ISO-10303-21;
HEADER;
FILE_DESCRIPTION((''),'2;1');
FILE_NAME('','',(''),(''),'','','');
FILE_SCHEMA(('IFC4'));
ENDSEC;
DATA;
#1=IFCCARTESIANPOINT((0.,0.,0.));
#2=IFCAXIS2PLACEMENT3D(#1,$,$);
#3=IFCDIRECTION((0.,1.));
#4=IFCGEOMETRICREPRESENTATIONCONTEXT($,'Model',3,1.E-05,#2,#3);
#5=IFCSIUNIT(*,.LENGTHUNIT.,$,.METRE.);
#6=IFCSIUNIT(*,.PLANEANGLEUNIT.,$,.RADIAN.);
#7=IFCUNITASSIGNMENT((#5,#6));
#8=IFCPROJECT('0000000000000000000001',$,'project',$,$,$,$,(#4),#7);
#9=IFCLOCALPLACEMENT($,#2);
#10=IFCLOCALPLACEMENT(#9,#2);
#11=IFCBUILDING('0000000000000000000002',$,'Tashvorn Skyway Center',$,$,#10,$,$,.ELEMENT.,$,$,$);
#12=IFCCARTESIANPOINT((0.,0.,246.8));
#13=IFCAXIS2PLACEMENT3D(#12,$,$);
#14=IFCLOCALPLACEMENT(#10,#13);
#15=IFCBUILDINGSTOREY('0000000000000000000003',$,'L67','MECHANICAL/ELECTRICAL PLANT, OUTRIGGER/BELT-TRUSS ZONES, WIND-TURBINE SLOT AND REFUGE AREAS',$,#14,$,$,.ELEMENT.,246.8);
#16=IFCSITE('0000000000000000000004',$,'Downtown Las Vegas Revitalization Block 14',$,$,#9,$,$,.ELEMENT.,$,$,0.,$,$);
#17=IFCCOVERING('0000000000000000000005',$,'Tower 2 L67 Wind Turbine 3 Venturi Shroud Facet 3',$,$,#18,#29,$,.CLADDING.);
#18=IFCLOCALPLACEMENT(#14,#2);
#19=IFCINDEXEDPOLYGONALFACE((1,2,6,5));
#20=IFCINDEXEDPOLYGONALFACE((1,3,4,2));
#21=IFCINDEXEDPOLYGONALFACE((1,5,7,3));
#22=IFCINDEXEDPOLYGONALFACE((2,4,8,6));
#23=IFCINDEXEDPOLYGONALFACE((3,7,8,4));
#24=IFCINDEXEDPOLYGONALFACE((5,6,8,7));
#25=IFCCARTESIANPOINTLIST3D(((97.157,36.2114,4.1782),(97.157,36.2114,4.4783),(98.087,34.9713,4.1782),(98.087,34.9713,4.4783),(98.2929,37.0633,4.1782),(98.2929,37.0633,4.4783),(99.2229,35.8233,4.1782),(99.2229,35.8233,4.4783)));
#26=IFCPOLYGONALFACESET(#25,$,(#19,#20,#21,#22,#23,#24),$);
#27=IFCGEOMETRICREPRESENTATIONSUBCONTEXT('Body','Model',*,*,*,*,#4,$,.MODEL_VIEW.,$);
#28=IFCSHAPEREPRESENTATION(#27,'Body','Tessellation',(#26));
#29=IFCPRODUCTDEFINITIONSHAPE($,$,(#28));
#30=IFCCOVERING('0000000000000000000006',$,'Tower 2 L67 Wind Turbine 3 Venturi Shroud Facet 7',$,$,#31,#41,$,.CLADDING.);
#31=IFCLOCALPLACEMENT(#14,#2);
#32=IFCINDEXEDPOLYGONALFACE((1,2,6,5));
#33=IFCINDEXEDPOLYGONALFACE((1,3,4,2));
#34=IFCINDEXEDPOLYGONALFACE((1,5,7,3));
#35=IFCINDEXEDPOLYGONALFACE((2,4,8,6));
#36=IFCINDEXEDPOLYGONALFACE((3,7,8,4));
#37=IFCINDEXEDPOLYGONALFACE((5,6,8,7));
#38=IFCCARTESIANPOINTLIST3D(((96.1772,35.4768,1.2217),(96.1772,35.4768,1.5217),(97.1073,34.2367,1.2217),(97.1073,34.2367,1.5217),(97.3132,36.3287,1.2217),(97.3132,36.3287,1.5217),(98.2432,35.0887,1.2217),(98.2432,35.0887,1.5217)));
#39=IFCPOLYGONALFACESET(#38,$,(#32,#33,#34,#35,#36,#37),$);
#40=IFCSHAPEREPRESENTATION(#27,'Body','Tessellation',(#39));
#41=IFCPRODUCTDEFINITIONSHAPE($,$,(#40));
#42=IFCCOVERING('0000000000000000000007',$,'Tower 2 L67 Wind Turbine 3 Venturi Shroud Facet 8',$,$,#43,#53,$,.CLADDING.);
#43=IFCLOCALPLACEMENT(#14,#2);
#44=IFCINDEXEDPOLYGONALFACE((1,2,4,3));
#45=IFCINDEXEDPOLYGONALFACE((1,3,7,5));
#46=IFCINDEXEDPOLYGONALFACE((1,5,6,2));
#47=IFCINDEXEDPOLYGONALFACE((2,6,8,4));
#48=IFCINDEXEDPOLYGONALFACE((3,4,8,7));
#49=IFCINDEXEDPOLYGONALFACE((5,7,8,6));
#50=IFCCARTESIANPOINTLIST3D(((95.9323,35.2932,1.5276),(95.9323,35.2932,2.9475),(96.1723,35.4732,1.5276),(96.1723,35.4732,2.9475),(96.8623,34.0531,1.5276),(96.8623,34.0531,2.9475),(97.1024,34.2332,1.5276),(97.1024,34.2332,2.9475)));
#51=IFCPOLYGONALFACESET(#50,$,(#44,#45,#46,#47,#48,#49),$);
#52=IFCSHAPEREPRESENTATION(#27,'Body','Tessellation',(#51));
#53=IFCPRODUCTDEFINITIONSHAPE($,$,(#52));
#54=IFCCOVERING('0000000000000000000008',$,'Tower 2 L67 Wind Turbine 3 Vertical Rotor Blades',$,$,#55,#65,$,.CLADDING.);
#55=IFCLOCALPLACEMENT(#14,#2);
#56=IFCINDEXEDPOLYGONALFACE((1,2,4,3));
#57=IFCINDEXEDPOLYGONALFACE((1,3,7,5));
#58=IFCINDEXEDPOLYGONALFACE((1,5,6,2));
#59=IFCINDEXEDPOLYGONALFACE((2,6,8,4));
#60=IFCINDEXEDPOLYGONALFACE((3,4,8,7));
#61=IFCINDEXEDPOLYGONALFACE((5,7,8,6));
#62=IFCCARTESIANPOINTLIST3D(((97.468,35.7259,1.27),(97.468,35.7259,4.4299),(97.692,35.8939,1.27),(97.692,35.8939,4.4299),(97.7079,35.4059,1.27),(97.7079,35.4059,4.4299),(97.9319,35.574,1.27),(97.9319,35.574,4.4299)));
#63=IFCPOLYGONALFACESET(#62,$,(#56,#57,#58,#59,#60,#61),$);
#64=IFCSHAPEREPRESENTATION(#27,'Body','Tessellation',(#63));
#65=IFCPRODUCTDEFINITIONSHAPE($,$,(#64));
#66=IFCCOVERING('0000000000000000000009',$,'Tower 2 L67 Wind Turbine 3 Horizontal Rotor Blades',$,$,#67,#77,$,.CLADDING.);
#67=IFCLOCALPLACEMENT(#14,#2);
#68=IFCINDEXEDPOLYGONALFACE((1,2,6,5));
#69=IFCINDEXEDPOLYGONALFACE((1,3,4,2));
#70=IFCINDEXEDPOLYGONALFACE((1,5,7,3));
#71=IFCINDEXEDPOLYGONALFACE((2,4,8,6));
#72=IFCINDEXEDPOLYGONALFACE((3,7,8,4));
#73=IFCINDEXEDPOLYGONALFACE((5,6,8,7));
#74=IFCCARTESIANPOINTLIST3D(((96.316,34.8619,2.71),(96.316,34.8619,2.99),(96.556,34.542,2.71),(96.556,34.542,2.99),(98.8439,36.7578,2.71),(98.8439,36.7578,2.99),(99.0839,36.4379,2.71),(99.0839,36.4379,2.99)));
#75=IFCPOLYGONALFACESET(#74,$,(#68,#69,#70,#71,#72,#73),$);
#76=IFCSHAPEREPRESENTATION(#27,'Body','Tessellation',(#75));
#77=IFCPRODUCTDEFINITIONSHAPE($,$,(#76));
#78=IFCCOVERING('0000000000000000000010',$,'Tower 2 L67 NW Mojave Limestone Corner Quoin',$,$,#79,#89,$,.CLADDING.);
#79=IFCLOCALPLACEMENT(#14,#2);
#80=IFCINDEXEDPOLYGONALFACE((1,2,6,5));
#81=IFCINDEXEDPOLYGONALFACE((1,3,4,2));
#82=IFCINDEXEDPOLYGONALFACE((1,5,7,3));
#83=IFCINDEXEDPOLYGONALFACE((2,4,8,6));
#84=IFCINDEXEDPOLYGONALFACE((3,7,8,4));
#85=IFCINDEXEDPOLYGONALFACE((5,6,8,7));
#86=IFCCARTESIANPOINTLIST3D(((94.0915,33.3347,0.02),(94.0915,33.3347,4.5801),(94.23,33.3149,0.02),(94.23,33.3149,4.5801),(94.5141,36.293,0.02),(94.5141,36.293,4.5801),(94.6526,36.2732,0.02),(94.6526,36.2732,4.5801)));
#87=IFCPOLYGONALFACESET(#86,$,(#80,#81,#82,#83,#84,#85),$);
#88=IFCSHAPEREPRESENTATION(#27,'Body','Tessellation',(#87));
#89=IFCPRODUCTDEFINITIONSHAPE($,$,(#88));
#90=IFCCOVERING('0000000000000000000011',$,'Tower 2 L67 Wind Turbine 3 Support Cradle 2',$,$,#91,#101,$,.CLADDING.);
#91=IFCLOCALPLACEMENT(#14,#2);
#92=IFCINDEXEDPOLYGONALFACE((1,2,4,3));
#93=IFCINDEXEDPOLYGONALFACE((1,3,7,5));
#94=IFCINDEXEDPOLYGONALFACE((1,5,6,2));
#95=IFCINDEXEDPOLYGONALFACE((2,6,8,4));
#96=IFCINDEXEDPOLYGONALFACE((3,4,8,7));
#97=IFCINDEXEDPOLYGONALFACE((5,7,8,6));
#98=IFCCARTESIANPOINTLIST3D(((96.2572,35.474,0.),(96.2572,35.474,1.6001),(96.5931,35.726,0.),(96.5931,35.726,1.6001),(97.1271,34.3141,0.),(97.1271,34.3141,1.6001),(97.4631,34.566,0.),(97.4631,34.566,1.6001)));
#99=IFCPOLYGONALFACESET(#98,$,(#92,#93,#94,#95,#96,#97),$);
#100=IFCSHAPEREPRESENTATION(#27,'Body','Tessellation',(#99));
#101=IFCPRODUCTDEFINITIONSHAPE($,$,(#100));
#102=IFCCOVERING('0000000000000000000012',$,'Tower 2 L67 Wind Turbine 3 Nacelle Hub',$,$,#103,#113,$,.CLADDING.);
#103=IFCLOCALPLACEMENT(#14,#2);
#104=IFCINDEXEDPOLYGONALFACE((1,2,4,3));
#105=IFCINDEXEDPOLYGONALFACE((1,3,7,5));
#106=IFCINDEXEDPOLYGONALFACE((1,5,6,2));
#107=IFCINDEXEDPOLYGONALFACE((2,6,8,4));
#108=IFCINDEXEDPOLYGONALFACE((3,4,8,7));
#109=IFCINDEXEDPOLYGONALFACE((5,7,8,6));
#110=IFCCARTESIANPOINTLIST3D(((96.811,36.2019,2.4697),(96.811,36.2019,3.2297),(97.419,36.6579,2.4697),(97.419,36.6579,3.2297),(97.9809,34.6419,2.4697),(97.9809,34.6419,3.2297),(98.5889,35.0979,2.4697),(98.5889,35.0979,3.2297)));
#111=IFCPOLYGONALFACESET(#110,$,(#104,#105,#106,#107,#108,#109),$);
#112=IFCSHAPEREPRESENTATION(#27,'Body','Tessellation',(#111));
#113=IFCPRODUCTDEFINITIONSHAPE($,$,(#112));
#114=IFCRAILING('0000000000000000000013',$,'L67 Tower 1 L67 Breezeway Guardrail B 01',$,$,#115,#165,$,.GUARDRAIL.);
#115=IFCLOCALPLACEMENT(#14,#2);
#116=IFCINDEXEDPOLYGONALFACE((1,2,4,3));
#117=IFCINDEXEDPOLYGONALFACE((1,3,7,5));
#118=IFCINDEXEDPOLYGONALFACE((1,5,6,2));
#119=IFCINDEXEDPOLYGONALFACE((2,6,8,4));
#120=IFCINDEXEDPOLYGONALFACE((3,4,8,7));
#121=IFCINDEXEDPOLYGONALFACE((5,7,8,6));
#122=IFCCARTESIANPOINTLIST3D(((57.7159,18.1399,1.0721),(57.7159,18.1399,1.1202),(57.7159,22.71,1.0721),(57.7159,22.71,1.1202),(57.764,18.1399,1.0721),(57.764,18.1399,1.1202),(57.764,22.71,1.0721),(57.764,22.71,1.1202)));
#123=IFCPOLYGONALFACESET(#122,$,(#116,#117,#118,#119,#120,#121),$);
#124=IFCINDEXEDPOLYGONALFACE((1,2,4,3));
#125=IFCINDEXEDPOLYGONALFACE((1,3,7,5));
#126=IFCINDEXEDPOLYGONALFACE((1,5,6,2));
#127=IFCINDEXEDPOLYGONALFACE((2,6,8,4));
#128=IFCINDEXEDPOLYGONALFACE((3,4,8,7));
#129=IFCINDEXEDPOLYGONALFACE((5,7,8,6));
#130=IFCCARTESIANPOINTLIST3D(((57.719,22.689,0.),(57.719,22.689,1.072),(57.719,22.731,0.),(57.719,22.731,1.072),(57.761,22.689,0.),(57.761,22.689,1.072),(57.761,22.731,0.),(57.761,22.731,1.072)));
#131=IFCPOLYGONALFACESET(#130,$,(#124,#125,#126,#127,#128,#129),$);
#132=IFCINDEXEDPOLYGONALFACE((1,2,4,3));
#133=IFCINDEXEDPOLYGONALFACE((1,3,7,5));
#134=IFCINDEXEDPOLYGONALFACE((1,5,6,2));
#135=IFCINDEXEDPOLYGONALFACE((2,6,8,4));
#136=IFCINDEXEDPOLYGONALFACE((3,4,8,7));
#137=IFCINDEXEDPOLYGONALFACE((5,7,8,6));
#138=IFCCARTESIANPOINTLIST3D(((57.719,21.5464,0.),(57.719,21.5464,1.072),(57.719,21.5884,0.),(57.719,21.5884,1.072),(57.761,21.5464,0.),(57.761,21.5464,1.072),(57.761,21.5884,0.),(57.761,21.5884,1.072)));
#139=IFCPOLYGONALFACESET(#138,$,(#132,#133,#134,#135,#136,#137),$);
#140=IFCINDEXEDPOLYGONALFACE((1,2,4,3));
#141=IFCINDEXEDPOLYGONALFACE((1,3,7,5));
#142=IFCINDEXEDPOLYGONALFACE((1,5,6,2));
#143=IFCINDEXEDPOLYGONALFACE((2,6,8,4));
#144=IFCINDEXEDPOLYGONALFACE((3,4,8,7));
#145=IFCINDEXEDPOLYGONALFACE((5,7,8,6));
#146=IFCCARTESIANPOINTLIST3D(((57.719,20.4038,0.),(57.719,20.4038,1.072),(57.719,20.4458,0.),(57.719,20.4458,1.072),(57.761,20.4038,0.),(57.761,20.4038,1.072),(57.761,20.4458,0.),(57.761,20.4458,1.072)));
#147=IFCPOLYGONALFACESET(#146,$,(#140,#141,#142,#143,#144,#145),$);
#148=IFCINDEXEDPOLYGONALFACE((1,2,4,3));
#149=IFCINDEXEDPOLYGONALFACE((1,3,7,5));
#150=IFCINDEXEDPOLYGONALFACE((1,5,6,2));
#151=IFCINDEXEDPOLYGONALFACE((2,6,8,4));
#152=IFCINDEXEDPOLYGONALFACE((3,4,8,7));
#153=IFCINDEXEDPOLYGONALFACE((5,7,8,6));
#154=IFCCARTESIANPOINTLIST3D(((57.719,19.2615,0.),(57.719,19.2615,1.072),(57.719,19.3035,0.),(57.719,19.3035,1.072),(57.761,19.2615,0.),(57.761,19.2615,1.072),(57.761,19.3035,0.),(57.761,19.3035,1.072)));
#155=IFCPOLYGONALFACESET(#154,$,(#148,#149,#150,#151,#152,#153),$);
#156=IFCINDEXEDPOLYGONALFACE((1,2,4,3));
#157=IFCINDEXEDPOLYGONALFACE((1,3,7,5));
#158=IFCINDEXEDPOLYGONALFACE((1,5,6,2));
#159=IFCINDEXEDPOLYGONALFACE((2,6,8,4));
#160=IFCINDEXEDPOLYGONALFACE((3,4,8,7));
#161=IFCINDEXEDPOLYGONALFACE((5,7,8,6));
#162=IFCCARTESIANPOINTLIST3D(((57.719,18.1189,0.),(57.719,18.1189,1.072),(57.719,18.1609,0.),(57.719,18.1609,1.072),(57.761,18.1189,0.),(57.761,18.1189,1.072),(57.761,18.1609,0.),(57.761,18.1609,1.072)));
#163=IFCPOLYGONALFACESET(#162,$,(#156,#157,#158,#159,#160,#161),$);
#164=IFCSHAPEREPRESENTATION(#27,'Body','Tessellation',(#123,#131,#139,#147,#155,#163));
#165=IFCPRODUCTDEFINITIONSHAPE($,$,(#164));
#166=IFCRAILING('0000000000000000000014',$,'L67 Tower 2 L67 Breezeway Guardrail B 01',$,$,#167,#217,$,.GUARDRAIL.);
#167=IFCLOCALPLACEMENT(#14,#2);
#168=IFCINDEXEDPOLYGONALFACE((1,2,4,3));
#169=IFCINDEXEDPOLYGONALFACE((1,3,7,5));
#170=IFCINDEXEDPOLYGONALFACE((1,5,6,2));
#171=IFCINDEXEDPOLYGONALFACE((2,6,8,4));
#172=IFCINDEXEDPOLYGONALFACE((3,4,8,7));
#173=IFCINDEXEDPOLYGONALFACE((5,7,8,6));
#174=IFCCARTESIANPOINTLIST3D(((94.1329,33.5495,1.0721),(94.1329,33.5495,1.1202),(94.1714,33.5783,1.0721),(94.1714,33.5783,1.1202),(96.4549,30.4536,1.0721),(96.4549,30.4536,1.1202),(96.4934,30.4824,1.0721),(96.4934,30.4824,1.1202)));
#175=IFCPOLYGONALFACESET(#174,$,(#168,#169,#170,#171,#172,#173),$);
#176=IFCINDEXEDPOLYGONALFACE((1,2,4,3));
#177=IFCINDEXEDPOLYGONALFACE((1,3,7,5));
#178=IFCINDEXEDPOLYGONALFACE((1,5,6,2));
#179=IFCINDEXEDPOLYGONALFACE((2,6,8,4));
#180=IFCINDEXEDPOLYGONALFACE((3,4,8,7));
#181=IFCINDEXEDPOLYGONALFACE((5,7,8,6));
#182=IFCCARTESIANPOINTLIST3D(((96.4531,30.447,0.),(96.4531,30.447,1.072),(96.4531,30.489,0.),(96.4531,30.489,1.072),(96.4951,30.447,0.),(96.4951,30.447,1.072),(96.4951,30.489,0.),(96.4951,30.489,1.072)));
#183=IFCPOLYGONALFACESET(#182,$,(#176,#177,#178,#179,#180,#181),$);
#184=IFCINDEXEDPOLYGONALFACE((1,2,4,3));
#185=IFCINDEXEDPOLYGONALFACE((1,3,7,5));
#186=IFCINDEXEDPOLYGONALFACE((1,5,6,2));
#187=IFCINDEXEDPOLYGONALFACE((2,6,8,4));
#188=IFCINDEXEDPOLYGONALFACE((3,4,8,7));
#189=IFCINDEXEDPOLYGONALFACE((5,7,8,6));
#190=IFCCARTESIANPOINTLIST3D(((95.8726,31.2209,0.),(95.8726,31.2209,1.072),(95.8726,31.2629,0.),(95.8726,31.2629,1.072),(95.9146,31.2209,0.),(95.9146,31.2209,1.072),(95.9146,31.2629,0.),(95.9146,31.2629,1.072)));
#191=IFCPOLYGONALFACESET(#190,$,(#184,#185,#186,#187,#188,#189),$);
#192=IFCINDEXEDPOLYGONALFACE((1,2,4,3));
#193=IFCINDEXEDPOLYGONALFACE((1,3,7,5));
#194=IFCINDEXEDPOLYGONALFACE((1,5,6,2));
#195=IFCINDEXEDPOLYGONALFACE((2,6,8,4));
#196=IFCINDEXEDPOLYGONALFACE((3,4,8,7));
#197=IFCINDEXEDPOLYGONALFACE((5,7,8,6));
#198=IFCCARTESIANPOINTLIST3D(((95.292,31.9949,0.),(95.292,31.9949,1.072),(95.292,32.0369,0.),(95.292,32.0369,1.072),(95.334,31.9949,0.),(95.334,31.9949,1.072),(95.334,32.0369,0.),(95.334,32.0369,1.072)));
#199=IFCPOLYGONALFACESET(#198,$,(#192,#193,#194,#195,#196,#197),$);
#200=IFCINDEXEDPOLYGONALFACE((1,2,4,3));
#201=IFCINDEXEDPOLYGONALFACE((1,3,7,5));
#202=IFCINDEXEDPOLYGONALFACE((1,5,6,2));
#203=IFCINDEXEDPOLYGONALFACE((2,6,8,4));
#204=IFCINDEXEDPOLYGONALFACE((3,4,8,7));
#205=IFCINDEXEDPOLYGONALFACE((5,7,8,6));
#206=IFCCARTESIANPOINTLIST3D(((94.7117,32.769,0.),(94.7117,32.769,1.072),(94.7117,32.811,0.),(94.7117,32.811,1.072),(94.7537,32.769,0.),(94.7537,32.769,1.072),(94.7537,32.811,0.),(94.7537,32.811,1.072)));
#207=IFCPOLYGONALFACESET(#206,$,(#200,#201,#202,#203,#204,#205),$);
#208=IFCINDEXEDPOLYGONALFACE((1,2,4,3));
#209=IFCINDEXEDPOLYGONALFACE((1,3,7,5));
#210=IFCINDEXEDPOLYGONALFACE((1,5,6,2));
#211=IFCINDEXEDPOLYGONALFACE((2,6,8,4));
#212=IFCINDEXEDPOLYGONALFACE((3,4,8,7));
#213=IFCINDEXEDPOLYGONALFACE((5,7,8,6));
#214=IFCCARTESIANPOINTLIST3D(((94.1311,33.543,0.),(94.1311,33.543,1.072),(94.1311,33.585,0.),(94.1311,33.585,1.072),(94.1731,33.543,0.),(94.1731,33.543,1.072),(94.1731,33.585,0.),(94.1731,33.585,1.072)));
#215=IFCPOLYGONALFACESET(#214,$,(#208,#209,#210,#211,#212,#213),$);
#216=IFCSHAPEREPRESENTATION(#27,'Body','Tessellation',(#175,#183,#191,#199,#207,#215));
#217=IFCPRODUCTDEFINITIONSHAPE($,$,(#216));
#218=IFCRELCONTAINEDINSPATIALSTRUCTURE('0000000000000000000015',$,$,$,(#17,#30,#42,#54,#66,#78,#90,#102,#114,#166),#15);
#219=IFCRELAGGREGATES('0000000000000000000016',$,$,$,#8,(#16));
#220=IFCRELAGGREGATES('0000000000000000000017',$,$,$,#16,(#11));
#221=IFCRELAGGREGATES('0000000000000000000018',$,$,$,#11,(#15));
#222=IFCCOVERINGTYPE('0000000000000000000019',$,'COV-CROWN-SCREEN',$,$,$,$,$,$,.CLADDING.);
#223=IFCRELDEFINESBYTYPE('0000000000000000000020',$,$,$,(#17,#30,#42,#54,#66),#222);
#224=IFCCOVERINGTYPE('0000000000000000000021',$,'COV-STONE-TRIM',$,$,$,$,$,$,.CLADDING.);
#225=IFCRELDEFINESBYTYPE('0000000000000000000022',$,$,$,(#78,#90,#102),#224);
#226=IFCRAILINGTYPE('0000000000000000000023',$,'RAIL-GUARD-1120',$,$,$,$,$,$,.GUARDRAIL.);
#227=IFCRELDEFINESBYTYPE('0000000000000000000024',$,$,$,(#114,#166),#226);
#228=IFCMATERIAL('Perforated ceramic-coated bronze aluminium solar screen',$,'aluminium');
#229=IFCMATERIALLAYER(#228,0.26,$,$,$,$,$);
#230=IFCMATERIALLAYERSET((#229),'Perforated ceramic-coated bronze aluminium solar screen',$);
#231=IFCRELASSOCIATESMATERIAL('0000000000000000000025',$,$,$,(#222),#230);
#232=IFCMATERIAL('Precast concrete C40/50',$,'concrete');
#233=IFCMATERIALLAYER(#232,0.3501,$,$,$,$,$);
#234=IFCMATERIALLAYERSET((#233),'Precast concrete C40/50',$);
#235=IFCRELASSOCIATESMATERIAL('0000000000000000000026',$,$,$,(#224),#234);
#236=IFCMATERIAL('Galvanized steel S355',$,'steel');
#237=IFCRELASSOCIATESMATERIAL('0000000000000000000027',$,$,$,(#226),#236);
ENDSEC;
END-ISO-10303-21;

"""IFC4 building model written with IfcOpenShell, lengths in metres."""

from ifc_helpers import new_model, si_unit, direction, frame, origin, origin_2d, place, context, subcontext, project, spatial, rectangle, extrude, material, layer, layer_set, type_object, element, save


model = new_model("IFC4")

# Units and contexts
model_context = context("Model", 3, precision=1e-05, world=origin(), true_north=direction((0.0, 1.0)))
body_context = subcontext(model_context, "Body", "Model", "MODEL_VIEW")
ifc_project = project(units=[si_unit("LENGTHUNIT", "METRE"), si_unit("PLANEANGLEUNIT", "RADIAN")], contexts=[model_context])

# Site, building, storey
site_placement = place(None, origin())
site = spatial("IfcSite", under=ifc_project, at=site_placement, Name="Downtown Las Vegas Revitalization Block 14", CompositionType="ELEMENT", RefElevation=0.0)
building_placement = place(site_placement, origin())
building = spatial("IfcBuilding", under=site, at=building_placement, Name="Tashvorn Skyway Center", CompositionType="ELEMENT")
storey_placement = place(building_placement, frame((0.0, 0.0, 246.8)))
storey = spatial("IfcBuildingStorey", under=building, at=storey_placement, Name="L67", Description="MECHANICAL/ELECTRICAL PLANT, OUTRIGGER/BELT-TRUSS ZONES, WIND-TURBINE SLOT AND REFUGE AREAS", CompositionType="ELEMENT", Elevation=246.8)

# Shared definitions
ifc_material_1 = material(Name="Precast concrete C40/50", Category="concrete")

# Coverings
ifc_material_2 = material(Name="Perforated ceramic-coated bronze aluminium solar screen", Category="aluminium")
ifc_layer_1 = layer(ifc_material_2, 0.26)
ifc_layer_set_1 = layer_set([ifc_layer_1], Name="Perforated ceramic-coated bronze aluminium solar screen")
covering_type_1 = type_object("IfcCoveringType", Name="COV-CROWN-SCREEN", PredefinedType="CLADDING", material=ifc_layer_set_1)
for number, where, z_axis, x_axis, name in (
    (1, (98.1899, 36.0173, 4.1782), (0.0, 0.0, 1.0), (-0.8, -0.6, 0.0), "Tower 2 L67 Wind Turbine 3 Venturi Shroud Facet 3"),
    (2, (97.2102, 35.2827, 1.2217), (0.0, 0.0, 1.0), (-0.8, -0.6, 0.0), "Tower 2 L67 Wind Turbine 3 Venturi Shroud Facet 7"),
):
    element("IfcCovering", number, at=place(storey_placement, frame(where, z_axis=z_axis, x_axis=x_axis)), inside=storey, type_object=covering_type_1, Name=name, PredefinedType="CLADDING", context=body_context, shape_type="SweptSolid", body=[
        extrude(rectangle(XDim=1.4199, YDim=1.55, at=origin_2d()), origin(), (0.0, 0.0, 1.0), 0.3),
    ])
covering_1_placement = place(storey_placement, frame((96.5173, 34.7632, 1.5276), z_axis=(0.0, 0.0, 1.0), x_axis=(-0.8, -0.6, 0.0)))
element("IfcCovering", 3, at=covering_1_placement, inside=storey, type_object=covering_type_1, Name="Tower 2 L67 Wind Turbine 3 Venturi Shroud Facet 8", PredefinedType="CLADDING", context=body_context, shape_type="SweptSolid", body=[
    extrude(rectangle(XDim=0.3, YDim=1.55, at=origin_2d()), origin(), (0.0, 0.0, 1.0), 1.4199),
])
covering_2_placement = place(storey_placement, frame((97.7, 35.6499, 1.27), z_axis=(0.0, 0.0, 1.0), x_axis=(-0.8, -0.6, 0.0)))
element("IfcCovering", 4, at=covering_2_placement, inside=storey, type_object=covering_type_1, Name="Tower 2 L67 Wind Turbine 3 Vertical Rotor Blades", PredefinedType="CLADDING", context=body_context, shape_type="SweptSolid", body=[
    extrude(rectangle(XDim=0.28, YDim=0.3999, at=origin_2d()), origin(), (0.0, 0.0, 1.0), 3.1599),
])
covering_3_placement = place(storey_placement, frame((97.7, 35.6499, 2.71), z_axis=(0.0, 0.0, 1.0), x_axis=(-0.8, -0.6, 0.0)))
element("IfcCovering", 5, at=covering_3_placement, inside=storey, type_object=covering_type_1, Name="Tower 2 L67 Wind Turbine 3 Horizontal Rotor Blades", PredefinedType="CLADDING", context=body_context, shape_type="SweptSolid", body=[
    extrude(rectangle(XDim=3.1599, YDim=0.3999, at=origin_2d()), origin(), (0.0, 0.0, 1.0), 0.28),
])
ifc_layer_2 = layer(ifc_material_1, 0.3501)
ifc_layer_set_2 = layer_set([ifc_layer_2], Name="Precast concrete C40/50")
covering_type_2 = type_object("IfcCoveringType", Name="COV-STONE-TRIM", PredefinedType="CLADDING", material=ifc_layer_set_2)
covering_4_placement = place(storey_placement, frame((94.3721, 34.804, 0.02), z_axis=(0.0, 0.0, 1.0), x_axis=(-0.141421, -0.989949, 0.0)))
element("IfcCovering", 6, at=covering_4_placement, inside=storey, type_object=covering_type_2, Name="Tower 2 L67 NW Mojave Limestone Corner Quoin", PredefinedType="CLADDING", context=body_context, shape_type="SweptSolid", body=[
    extrude(rectangle(XDim=2.9883, YDim=0.1399, at=origin_2d()), origin(), (0.0, 0.0, 1.0), 4.5601),
])
covering_5_placement = place(storey_placement, frame((96.8601, 35.02, 0.0), z_axis=(0.0, 0.0, 1.0), x_axis=(-0.8, -0.6, 0.0)))
element("IfcCovering", 7, at=covering_5_placement, inside=storey, type_object=covering_type_2, Name="Tower 2 L67 Wind Turbine 3 Support Cradle 2", PredefinedType="CLADDING", context=body_context, shape_type="SweptSolid", body=[
    extrude(rectangle(XDim=0.4199, YDim=1.45, at=origin_2d()), origin(), (0.0, 0.0, 1.0), 1.6001),
])
covering_6_placement = place(storey_placement, frame((97.7, 35.6499, 2.4697), z_axis=(0.0, 0.0, 1.0), x_axis=(-0.8, -0.6, 0.0)))
element("IfcCovering", 8, at=covering_6_placement, inside=storey, type_object=covering_type_2, Name="Tower 2 L67 Wind Turbine 3 Nacelle Hub", PredefinedType="CLADDING", context=body_context, shape_type="SweptSolid", body=[
    extrude(rectangle(XDim=0.76, YDim=1.95, at=origin_2d()), origin(), (0.0, 0.0, 1.0), 0.76),
])

# Railings
ifc_material_3 = material(Name="Galvanized steel S355", Category="steel")
railing_type = type_object("IfcRailingType", Name="RAIL-GUARD-1120", PredefinedType="GUARDRAIL", material=ifc_material_3)
railing_1_placement = place(storey_placement, frame((57.74, 22.71, 0.0)))
element("IfcRailing", 9, at=railing_1_placement, inside=storey, type_object=railing_type, Name="L67 Tower 1 L67 Breezeway Guardrail B 01", PredefinedType="GUARDRAIL", context=body_context, shape_type="SweptSolid", body=[
    extrude(rectangle(XDim=0.0481, YDim=0.0481, at=origin_2d()), frame((0.0, 0.0, 1.0962), z_axis=(0.0, -1.0, 0.0), x_axis=(1.0, 0.0, 0.0)), (0.0, 0.0, 1.0), 4.5701),
    extrude(rectangle(XDim=0.042, YDim=0.042, at=origin_2d()), origin(), (0.0, 0.0, 1.0), 1.072),
    extrude(rectangle(XDim=0.042, YDim=0.042, at=origin_2d()), frame((0.0, -1.1426, 0.0)), (0.0, 0.0, 1.0), 1.072),
    extrude(rectangle(XDim=0.042, YDim=0.042, at=origin_2d()), frame((0.0, -2.2852, 0.0)), (0.0, 0.0, 1.0), 1.072),
    extrude(rectangle(XDim=0.042, YDim=0.042, at=origin_2d()), frame((0.0, -3.4275, 0.0)), (0.0, 0.0, 1.0), 1.072),
    extrude(rectangle(XDim=0.042, YDim=0.042, at=origin_2d()), frame((0.0, -4.5701, 0.0)), (0.0, 0.0, 1.0), 1.072),
])
railing_2_placement = place(storey_placement, frame((96.4741, 30.468, 0.0)))
element("IfcRailing", 10, at=railing_2_placement, inside=storey, type_object=railing_type, Name="L67 Tower 2 L67 Breezeway Guardrail B 01", PredefinedType="GUARDRAIL", context=body_context, shape_type="SweptSolid", body=[
    extrude(rectangle(XDim=0.0481, YDim=0.0481, at=origin_2d()), frame((0.0, 0.0, 1.0962), z_axis=(-0.60001, 0.799992, 0.0), x_axis=(-0.799992, -0.60001, 0.0)), (0.0, 0.0, 1.0), 3.8699),
    extrude(rectangle(XDim=0.042, YDim=0.042, at=origin_2d()), origin(), (0.0, 0.0, 1.0), 1.072),
    extrude(rectangle(XDim=0.042, YDim=0.042, at=origin_2d()), frame((-0.5806, 0.7739, 0.0)), (0.0, 0.0, 1.0), 1.072),
    extrude(rectangle(XDim=0.042, YDim=0.042, at=origin_2d()), frame((-1.1611, 1.5479, 0.0)), (0.0, 0.0, 1.0), 1.072),
    extrude(rectangle(XDim=0.042, YDim=0.042, at=origin_2d()), frame((-1.7415, 2.322, 0.0)), (0.0, 0.0, 1.0), 1.072),
    extrude(rectangle(XDim=0.042, YDim=0.042, at=origin_2d()), frame((-2.322, 3.0959, 0.0)), (0.0, 0.0, 1.0), 1.072),
])

save(model, "model.ifc")
